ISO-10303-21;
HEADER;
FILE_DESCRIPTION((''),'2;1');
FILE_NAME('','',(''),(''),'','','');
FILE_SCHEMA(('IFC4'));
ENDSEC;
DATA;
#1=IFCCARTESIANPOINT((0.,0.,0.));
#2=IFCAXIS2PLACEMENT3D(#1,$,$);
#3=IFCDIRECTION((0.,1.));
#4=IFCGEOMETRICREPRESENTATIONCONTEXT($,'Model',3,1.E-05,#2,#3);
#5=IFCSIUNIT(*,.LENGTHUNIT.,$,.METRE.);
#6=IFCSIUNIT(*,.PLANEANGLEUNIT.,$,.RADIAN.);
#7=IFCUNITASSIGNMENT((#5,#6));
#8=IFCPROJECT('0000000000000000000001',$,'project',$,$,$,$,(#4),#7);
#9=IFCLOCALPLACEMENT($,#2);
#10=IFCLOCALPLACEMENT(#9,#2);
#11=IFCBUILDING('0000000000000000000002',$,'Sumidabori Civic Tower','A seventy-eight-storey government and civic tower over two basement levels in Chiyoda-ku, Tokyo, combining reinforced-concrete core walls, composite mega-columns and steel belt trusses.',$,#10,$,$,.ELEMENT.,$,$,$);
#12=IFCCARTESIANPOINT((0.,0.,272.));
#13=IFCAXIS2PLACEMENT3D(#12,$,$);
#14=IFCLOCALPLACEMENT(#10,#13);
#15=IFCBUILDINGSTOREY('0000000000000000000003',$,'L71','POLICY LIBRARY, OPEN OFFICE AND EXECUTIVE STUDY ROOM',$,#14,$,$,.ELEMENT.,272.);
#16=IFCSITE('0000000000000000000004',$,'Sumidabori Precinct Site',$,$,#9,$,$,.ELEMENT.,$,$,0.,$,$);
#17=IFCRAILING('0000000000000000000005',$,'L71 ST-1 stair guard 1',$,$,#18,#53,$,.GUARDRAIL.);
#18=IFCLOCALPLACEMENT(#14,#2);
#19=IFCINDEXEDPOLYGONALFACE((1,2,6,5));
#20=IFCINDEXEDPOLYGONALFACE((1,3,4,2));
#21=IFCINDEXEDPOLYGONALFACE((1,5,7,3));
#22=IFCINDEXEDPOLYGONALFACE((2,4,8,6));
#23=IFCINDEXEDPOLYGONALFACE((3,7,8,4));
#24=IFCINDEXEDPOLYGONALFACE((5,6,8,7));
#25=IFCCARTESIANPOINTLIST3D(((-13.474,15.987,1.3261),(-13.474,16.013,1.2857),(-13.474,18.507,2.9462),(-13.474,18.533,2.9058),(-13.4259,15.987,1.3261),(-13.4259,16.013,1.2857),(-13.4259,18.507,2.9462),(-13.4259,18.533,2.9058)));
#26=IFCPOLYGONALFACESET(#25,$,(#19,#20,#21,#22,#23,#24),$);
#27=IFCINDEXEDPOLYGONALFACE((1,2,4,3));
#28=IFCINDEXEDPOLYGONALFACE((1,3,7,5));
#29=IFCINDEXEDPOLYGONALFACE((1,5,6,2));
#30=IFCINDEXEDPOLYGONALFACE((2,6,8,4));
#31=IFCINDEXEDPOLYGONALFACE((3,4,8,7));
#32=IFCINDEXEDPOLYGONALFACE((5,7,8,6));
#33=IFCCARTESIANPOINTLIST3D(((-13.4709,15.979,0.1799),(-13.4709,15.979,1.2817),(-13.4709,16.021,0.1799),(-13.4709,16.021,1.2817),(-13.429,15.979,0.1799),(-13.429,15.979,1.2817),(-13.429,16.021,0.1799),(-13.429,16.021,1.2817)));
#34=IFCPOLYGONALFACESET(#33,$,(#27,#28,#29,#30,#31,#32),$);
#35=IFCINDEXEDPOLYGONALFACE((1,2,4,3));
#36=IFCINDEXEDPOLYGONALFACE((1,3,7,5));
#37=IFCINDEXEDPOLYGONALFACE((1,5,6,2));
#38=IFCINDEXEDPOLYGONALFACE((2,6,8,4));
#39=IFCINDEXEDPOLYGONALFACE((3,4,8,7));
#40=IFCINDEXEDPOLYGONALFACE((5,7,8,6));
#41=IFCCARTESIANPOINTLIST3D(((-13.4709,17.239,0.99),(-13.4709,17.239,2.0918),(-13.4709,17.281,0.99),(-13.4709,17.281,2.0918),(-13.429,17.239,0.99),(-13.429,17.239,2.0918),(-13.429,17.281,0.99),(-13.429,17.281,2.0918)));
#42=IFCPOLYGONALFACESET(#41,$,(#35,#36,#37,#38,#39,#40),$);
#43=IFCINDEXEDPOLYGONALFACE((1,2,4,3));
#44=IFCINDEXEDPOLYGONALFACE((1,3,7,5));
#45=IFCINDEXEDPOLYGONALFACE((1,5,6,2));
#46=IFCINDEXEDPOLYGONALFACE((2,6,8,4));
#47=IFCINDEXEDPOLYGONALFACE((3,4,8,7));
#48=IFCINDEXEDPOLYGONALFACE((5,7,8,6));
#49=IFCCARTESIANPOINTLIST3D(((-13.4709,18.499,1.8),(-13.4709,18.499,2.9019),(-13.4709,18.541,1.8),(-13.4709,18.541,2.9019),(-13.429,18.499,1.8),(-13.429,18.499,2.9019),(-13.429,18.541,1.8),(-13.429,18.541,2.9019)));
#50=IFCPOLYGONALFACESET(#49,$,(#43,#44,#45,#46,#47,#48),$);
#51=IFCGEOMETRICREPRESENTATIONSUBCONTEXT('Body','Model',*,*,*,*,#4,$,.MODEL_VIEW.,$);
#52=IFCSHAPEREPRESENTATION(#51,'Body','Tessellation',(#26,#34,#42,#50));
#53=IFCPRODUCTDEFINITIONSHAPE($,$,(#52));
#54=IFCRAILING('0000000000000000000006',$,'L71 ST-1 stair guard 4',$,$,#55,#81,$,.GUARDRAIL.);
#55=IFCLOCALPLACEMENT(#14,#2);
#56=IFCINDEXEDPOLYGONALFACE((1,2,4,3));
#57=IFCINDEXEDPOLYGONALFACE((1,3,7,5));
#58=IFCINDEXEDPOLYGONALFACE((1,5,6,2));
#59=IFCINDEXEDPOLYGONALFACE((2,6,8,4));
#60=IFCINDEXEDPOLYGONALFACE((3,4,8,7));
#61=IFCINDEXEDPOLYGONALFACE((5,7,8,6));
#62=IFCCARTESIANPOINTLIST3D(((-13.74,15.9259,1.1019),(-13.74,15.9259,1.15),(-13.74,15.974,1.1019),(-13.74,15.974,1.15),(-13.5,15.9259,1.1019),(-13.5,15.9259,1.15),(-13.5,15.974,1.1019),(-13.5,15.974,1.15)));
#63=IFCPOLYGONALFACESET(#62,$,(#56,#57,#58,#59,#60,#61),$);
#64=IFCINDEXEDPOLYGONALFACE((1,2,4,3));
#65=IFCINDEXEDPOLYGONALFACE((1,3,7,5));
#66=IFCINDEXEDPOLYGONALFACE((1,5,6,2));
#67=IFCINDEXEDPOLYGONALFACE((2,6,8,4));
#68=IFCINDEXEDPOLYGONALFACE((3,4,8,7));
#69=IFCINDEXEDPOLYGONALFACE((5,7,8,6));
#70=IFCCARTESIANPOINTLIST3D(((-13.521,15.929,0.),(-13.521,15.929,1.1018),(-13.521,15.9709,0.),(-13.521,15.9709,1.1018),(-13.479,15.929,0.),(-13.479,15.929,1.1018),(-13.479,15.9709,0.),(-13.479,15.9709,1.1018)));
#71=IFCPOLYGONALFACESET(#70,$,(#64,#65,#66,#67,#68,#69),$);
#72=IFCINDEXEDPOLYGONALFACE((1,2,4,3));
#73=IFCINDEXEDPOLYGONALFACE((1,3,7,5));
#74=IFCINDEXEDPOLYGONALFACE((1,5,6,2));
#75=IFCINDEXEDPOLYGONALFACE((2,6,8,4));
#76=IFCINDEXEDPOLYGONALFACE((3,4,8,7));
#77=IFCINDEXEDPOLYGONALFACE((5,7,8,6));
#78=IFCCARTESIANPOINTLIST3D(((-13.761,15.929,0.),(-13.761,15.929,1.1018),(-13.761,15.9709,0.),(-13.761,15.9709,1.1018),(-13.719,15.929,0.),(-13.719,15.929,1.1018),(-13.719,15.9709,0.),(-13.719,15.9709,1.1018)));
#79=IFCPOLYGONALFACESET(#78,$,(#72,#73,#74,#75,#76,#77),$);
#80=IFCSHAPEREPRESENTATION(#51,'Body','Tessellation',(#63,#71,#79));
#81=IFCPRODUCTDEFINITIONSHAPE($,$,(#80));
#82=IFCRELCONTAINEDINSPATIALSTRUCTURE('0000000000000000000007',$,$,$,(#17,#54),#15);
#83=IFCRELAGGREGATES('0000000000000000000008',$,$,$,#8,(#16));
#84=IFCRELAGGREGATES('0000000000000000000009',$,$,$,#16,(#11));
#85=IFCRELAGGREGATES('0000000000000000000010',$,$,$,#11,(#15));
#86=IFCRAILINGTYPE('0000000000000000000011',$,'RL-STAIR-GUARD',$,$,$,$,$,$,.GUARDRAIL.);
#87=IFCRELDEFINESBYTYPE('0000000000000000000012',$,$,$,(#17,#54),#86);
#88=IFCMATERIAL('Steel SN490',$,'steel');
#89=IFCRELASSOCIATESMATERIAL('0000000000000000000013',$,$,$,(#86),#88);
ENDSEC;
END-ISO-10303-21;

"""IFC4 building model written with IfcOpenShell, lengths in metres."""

from ifc_helpers import new_model, si_unit, direction, frame, origin, origin_2d, place, context, subcontext, project, spatial, rectangle, extrude, material, type_object, element, save


model = new_model("IFC4")

# Units and contexts
model_context = context("Model", 3, precision=1e-05, world=origin(), true_north=direction((0.0, 1.0)))
body_context = subcontext(model_context, "Body", "Model", "MODEL_VIEW")
ifc_project = project(units=[si_unit("LENGTHUNIT", "METRE"), si_unit("PLANEANGLEUNIT", "RADIAN")], contexts=[model_context])

# Site, building, storey
site_placement = place(None, origin())
site = spatial("IfcSite", under=ifc_project, at=site_placement, Name="Sumidabori Precinct Site", CompositionType="ELEMENT", RefElevation=0.0)
building_placement = place(site_placement, origin())
building = spatial("IfcBuilding", under=site, at=building_placement, Name="Sumidabori Civic Tower", Description="A seventy-eight-storey government and civic tower over two basement levels in Chiyoda-ku, Tokyo, combining reinforced-concrete core walls, composite mega-columns and steel belt trusses.", CompositionType="ELEMENT")
storey_placement = place(building_placement, frame((0.0, 0.0, 272.0)))
storey = spatial("IfcBuildingStorey", under=building, at=storey_placement, Name="L71", Description="POLICY LIBRARY, OPEN OFFICE AND EXECUTIVE STUDY ROOM", CompositionType="ELEMENT", Elevation=272.0)

# Shared definitions
ifc_material_1 = material(Name="Steel SN490", Category="steel")

# Railings
railing_type_1 = type_object("IfcRailingType", Name="RL-STAIR-GUARD", PredefinedType="GUARDRAIL", material=ifc_material_1)
railing_1_placement = place(storey_placement, frame((-13.45, 16.0, 0.1799)))
element("IfcRailing", 1, at=railing_1_placement, inside=storey, type_object=railing_type_1, Name="L71 ST-1 stair guard 1", PredefinedType="GUARDRAIL", context=body_context, shape_type="SweptSolid", body=[
    extrude(rectangle(XDim=0.0481, YDim=0.0481, at=origin_2d()), frame((0.0, 0.0, 1.126), z_axis=(0.0, 0.841163, 0.540782), x_axis=(-1.0, 0.0, 0.0)), (0.0, 0.0, 1.0), 2.9958),
    extrude(rectangle(XDim=0.042, YDim=0.042, at=origin_2d()), origin(), (0.0, 0.0, 1.0), 1.1018),
    extrude(rectangle(XDim=0.042, YDim=0.042, at=origin_2d()), frame((0.0, 1.26, 0.8101)), (0.0, 0.0, 1.0), 1.1018),
    extrude(rectangle(XDim=0.042, YDim=0.042, at=origin_2d()), frame((0.0, 2.52, 1.6201)), (0.0, 0.0, 1.0), 1.1018),
])
railing_2_placement = place(storey_placement, frame((-13.5, 15.95, 0.0)))
element("IfcRailing", 2, at=railing_2_placement, inside=storey, type_object=railing_type_1, Name="L71 ST-1 stair guard 4", PredefinedType="GUARDRAIL", context=body_context, shape_type="SweptSolid", body=[
    extrude(rectangle(XDim=0.0481, YDim=0.0481, at=origin_2d()), frame((0.0, 0.0, 1.126), z_axis=(-1.0, 0.0, 0.0), x_axis=(0.0, -1.0, 0.0)), (0.0, 0.0, 1.0), 0.24),
    extrude(rectangle(XDim=0.042, YDim=0.042, at=origin_2d()), origin(), (0.0, 0.0, 1.0), 1.1018),
    extrude(rectangle(XDim=0.042, YDim=0.042, at=origin_2d()), frame((-0.24, 0.0, 0.0)), (0.0, 0.0, 1.0), 1.1018),
])

save(model, "model.ifc")
